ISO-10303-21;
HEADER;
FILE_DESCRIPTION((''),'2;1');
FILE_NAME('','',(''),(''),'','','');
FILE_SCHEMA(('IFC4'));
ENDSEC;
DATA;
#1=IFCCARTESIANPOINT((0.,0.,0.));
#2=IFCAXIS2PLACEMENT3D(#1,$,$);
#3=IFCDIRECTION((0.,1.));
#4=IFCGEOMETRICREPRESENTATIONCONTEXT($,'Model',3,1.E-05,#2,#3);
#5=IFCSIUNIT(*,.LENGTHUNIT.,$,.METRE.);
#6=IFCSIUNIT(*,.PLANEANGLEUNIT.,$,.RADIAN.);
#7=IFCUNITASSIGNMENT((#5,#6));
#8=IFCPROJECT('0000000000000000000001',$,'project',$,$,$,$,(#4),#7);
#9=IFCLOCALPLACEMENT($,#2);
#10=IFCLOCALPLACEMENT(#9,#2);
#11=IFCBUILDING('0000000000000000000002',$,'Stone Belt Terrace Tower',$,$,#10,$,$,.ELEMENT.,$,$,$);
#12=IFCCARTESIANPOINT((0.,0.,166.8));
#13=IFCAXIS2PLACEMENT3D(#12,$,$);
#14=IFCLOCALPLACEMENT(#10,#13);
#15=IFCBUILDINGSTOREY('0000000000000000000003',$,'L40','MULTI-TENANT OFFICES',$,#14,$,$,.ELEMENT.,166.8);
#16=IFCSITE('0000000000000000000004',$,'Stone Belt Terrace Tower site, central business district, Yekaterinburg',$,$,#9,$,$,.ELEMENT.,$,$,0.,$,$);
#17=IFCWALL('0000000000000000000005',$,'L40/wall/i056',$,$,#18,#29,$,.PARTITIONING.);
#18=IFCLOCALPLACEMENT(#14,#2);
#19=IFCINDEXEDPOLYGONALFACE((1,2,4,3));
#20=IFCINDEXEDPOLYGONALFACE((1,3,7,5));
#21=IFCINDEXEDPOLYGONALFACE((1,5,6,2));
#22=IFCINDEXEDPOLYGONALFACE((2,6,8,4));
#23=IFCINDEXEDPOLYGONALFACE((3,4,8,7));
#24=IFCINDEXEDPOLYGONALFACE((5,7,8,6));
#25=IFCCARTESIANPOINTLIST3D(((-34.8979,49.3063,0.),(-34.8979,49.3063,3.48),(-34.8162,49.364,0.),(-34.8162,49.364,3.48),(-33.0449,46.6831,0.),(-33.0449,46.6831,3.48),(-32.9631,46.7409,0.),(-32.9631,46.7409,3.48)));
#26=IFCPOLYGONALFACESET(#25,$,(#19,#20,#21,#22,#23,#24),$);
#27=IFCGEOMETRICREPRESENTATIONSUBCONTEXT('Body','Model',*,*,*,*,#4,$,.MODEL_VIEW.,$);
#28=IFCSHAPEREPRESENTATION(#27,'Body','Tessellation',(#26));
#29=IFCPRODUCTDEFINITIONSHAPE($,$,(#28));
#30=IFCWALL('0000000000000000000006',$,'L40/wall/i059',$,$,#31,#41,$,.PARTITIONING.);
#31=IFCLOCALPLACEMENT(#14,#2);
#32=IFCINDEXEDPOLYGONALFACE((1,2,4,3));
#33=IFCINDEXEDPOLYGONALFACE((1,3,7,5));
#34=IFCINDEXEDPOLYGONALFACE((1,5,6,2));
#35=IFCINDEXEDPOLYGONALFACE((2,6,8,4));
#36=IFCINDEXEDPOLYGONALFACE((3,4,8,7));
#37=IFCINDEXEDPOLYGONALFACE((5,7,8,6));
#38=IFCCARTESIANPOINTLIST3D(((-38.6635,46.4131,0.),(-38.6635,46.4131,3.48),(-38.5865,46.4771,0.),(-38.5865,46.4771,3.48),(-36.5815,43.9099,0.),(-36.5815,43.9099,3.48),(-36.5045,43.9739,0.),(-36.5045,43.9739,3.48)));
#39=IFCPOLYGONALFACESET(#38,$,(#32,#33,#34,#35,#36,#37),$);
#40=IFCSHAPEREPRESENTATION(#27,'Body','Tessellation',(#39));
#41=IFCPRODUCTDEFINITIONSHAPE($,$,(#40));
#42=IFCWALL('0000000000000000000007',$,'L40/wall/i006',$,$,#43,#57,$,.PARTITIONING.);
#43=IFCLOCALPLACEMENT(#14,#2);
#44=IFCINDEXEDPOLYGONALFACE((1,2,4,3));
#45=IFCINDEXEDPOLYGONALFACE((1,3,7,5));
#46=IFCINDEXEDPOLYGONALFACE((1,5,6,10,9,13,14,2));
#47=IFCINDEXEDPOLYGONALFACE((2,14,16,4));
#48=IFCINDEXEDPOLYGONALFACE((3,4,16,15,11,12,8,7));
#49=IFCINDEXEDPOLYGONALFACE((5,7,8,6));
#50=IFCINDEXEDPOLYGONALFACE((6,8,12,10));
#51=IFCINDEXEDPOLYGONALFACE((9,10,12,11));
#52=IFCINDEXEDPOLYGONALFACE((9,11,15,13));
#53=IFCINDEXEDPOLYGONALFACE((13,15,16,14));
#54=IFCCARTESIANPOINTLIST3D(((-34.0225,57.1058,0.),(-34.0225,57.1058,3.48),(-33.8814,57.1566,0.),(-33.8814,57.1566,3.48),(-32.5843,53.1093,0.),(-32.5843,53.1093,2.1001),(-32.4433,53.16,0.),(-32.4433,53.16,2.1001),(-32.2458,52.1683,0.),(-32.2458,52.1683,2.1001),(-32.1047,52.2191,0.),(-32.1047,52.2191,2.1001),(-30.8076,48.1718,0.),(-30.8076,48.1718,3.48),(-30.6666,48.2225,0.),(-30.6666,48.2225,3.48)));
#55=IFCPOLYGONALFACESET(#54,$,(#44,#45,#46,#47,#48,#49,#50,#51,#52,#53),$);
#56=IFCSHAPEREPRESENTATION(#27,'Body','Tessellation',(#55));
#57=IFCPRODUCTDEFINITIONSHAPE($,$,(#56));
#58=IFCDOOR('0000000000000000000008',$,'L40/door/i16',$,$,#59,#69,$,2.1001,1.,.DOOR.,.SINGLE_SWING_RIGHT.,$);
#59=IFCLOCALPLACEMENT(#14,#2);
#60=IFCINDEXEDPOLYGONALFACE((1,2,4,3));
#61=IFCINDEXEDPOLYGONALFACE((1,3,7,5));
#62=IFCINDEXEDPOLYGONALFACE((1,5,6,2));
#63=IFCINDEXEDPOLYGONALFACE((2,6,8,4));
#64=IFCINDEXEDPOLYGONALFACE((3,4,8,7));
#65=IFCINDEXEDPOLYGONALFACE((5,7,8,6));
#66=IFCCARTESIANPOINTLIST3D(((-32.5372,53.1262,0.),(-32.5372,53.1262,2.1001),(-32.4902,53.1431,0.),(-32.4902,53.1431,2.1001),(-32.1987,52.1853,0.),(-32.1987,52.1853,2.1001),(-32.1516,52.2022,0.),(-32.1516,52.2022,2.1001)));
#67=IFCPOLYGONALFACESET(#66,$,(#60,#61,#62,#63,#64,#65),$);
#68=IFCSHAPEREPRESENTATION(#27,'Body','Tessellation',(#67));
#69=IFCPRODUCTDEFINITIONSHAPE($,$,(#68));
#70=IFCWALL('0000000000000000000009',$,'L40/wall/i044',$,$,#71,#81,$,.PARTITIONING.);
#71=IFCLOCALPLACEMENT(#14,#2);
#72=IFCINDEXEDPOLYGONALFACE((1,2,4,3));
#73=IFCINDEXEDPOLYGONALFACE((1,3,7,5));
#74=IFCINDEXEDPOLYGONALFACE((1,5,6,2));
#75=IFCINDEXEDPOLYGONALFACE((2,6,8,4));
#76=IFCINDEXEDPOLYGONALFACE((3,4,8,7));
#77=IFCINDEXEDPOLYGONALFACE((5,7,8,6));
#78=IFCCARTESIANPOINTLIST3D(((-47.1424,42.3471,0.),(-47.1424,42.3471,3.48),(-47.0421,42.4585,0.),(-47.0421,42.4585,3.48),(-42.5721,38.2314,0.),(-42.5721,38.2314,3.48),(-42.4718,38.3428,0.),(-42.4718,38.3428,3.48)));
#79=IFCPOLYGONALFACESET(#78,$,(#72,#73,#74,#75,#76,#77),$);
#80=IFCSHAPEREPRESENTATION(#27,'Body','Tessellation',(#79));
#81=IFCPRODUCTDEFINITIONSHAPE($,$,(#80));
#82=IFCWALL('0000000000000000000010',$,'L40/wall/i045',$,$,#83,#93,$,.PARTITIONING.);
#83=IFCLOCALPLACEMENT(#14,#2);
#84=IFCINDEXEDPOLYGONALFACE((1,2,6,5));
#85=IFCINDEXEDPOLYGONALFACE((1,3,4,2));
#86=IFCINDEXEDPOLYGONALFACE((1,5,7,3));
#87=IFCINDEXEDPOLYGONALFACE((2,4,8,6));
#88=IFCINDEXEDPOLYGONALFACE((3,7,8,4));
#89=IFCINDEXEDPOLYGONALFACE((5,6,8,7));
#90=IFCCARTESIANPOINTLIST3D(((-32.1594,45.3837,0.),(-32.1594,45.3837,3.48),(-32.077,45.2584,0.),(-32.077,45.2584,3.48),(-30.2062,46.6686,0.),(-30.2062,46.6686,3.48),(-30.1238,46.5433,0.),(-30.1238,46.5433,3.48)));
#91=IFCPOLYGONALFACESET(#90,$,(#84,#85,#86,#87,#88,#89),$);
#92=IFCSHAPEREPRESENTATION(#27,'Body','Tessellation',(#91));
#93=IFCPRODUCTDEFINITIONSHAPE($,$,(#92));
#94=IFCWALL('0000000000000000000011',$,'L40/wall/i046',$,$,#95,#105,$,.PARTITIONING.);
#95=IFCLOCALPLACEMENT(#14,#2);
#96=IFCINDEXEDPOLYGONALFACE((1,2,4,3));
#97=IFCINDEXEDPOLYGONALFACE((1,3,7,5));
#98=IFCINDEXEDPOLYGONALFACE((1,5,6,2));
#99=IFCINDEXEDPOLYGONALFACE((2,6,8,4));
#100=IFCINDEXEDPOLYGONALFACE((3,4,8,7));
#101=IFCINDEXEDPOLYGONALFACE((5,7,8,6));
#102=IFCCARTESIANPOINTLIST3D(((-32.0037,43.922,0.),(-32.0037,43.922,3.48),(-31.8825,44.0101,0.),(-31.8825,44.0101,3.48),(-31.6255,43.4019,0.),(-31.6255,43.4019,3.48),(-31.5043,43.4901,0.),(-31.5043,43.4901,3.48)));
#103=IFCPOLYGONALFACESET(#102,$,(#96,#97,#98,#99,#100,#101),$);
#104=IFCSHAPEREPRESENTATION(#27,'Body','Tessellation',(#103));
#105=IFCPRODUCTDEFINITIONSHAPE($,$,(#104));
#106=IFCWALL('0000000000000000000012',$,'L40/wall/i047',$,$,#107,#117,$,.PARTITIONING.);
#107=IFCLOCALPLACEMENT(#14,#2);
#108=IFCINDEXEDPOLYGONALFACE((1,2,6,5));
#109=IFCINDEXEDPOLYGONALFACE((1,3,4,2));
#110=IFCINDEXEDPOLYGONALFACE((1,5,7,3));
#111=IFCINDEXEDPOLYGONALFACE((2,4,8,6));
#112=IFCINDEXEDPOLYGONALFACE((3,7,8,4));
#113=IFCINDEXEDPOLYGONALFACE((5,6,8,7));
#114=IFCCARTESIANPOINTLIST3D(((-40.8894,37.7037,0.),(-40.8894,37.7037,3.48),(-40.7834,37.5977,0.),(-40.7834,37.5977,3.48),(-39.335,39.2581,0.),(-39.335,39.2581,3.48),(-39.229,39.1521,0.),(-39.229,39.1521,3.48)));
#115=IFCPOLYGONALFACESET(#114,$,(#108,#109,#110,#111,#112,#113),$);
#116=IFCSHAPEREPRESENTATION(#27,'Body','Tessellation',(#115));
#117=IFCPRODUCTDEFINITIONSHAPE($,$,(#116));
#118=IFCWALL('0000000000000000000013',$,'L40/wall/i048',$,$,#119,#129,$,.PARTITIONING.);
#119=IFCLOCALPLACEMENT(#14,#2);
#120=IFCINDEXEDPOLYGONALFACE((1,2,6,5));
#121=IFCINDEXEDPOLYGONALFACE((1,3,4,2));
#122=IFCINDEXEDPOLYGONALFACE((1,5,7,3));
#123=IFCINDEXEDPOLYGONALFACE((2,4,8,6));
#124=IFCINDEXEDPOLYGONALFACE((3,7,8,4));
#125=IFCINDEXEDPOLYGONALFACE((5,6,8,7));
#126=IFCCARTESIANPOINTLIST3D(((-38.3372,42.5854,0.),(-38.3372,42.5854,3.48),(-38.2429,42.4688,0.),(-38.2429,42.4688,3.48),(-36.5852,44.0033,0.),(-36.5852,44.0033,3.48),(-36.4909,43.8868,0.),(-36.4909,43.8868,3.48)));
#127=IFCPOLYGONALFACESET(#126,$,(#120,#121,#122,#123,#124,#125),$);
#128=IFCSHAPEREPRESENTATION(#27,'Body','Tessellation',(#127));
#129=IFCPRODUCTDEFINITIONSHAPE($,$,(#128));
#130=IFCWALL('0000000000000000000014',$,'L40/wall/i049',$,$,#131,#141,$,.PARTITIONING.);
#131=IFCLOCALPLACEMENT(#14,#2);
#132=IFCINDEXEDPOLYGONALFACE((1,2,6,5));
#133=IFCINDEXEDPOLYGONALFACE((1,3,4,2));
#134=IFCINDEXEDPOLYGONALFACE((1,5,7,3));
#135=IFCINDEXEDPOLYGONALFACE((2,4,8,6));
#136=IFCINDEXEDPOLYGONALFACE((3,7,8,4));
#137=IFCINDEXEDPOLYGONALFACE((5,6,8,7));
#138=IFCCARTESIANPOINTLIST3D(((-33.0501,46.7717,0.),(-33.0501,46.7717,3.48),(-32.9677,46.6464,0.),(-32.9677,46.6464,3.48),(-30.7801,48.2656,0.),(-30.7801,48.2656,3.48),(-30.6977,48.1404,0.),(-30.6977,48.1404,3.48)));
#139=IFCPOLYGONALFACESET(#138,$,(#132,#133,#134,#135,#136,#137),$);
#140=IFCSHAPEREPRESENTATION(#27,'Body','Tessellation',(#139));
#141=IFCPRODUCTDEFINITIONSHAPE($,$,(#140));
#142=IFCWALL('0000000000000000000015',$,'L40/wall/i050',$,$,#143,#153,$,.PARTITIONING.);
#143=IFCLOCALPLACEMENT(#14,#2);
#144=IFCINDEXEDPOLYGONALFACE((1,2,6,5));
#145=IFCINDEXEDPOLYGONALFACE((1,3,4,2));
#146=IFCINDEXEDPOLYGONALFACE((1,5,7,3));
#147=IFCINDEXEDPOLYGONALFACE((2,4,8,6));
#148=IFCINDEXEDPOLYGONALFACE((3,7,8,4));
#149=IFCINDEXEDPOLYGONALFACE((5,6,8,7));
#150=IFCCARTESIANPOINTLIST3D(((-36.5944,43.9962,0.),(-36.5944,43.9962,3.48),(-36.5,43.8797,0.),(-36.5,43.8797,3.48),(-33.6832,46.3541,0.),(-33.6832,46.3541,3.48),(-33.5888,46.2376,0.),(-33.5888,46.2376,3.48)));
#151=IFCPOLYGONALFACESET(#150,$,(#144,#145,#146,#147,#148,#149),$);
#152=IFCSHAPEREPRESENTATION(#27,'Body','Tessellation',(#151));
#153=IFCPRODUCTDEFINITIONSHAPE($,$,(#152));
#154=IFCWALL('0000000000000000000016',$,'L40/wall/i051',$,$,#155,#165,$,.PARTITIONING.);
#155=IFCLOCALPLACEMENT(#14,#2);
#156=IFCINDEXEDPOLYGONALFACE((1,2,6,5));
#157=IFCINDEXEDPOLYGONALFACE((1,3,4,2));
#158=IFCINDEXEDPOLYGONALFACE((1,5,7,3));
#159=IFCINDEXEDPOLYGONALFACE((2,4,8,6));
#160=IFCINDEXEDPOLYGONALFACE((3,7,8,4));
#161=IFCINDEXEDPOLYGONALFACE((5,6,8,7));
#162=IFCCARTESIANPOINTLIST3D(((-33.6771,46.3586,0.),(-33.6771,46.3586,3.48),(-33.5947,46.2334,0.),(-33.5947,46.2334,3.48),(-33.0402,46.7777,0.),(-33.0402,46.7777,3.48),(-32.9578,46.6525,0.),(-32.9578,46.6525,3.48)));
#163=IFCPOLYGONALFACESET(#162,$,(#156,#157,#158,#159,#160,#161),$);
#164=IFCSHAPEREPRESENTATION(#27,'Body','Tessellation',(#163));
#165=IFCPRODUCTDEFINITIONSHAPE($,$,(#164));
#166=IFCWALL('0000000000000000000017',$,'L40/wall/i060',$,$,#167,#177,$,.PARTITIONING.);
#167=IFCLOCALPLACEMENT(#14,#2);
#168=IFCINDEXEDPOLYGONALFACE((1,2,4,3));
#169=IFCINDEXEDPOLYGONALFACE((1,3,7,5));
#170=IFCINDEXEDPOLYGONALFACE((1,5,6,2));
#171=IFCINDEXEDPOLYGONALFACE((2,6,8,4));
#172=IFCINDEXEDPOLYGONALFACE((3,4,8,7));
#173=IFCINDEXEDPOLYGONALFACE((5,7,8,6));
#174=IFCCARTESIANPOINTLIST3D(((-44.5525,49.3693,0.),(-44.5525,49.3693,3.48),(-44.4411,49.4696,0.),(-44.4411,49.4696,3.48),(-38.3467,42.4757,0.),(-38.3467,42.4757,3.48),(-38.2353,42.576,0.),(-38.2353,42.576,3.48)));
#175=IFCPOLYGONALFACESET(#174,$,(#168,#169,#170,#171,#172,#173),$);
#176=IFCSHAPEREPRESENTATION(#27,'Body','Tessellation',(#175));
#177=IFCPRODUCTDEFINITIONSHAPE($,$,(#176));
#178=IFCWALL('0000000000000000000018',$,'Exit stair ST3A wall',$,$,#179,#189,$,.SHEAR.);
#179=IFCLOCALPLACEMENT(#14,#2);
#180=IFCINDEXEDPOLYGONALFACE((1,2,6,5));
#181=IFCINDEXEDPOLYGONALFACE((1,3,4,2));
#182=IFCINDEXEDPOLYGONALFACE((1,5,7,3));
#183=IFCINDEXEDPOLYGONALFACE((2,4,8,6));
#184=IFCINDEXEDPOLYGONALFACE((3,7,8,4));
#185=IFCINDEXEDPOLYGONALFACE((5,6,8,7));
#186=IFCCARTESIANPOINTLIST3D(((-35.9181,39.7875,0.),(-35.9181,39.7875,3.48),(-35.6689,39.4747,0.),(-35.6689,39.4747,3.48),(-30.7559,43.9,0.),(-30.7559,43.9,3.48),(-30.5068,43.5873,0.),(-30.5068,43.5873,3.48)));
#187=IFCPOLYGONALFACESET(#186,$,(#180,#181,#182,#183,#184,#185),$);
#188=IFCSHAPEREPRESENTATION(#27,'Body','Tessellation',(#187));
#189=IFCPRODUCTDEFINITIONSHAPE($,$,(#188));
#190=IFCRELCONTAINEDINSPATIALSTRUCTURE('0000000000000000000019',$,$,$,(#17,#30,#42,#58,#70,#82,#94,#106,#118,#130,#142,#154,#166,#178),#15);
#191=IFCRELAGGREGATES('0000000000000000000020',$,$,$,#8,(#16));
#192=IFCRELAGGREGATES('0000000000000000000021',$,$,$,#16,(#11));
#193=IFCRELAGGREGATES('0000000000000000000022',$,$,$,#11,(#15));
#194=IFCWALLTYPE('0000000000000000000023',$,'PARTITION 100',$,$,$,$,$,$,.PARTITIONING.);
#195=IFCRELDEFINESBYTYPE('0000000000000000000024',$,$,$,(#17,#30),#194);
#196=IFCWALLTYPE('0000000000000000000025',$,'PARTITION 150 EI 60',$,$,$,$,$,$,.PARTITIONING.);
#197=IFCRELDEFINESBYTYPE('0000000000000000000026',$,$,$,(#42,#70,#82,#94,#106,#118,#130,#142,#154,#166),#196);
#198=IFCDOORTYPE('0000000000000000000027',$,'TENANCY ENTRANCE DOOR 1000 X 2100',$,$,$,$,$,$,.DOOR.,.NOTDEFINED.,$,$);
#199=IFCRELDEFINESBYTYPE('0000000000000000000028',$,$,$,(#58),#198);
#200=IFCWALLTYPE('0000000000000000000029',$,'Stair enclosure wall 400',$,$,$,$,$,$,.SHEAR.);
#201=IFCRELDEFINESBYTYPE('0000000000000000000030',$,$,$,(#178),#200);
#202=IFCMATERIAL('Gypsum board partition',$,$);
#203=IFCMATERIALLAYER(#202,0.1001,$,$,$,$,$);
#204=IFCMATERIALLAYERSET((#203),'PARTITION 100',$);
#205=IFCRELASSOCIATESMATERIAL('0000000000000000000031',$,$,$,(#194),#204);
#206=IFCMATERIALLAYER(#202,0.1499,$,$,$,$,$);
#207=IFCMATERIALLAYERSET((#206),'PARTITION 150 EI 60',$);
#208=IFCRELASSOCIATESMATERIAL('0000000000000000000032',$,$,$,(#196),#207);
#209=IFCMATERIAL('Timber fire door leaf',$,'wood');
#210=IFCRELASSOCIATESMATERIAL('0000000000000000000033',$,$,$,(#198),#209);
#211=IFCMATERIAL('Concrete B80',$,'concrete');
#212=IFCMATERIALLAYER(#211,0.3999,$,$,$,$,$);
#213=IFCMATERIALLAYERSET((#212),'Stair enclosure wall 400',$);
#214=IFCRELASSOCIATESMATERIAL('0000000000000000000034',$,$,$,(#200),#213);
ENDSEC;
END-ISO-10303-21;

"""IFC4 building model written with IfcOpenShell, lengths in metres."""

from ifc_helpers import new_model, si_unit, direction, frame, frame_2d, origin, place, context, subcontext, project, spatial, rectangle, extrude, material, layer, layer_set, type_object, element, fill, save


model = new_model("IFC4")

# Units and contexts
model_context = context("Model", 3, precision=1e-05, world=origin(), true_north=direction((0.0, 1.0)))
body_context = subcontext(model_context, "Body", "Model", "MODEL_VIEW")
ifc_project = project(units=[si_unit("LENGTHUNIT", "METRE"), si_unit("PLANEANGLEUNIT", "RADIAN")], contexts=[model_context])

# Site, building, storey
site_placement = place(None, origin())
site = spatial("IfcSite", under=ifc_project, at=site_placement, Name="Stone Belt Terrace Tower site, central business district, Yekaterinburg", CompositionType="ELEMENT", RefElevation=0.0)
building_placement = place(site_placement, origin())
building = spatial("IfcBuilding", under=site, at=building_placement, Name="Stone Belt Terrace Tower", CompositionType="ELEMENT")
storey_placement = place(building_placement, frame((0.0, 0.0, 166.8)))
storey = spatial("IfcBuildingStorey", under=building, at=storey_placement, Name="L40", Description="MULTI-TENANT OFFICES", CompositionType="ELEMENT", Elevation=166.8)

# Shared definitions
ifc_material_1 = material(Name="Concrete B80", Category="concrete")

# Walls
ifc_material_2 = material(Name="Gypsum board partition")
ifc_layer_1 = layer(ifc_material_2, 0.1001)
ifc_layer_set_1 = layer_set([ifc_layer_1], Name="PARTITION 100")
wall_type_1 = type_object("IfcWallType", Name="PARTITION 100", PredefinedType="PARTITIONING", material=ifc_layer_set_1)
wall_1_placement = place(storey_placement, frame((-33.0039, 46.7119, 0.0), z_axis=(0.0, 0.0, 1.0), x_axis=(-0.576988, 0.816753, 0.0)))
element("IfcWall", 1, at=wall_1_placement, inside=storey, type_object=wall_type_1, Name="L40/wall/i056", PredefinedType="PARTITIONING", context=body_context, shape_type="SweptSolid", body=[
    extrude(rectangle(XDim=3.2117, YDim=0.1001, at=frame_2d((1.606, 0.0))), origin(), (0.0, 0.0, 1.0), 3.48),
])
wall_2_placement = place(storey_placement, frame((-38.625, 46.4451, 0.0), z_axis=(0.0, 0.0, 1.0), x_axis=(0.639469, -0.768817, 0.0)))
element("IfcWall", 2, at=wall_2_placement, inside=storey, type_object=wall_type_1, Name="L40/wall/i059", PredefinedType="PARTITIONING", context=body_context, shape_type="SweptSolid", body=[
    extrude(rectangle(XDim=3.2559, YDim=0.1001, at=frame_2d((1.6279, 0.0))), origin(), (0.0, 0.0, 1.0), 3.48),
])

# Wall, opening, door
ifc_layer_2 = layer(ifc_material_2, 0.1499)
ifc_layer_set_2 = layer_set([ifc_layer_2], Name="PARTITION 150 EI 60")
wall_type_2 = type_object("IfcWallType", Name="PARTITION 150 EI 60", PredefinedType="PARTITIONING", material=ifc_layer_set_2)
wall_3_placement = place(storey_placement, frame((-30.7371, 48.197, 0.0), z_axis=(0.0, 0.0, 1.0), x_axis=(-0.338587, 0.940935, 0.0)))
wall_3 = element("IfcWall", 3, at=wall_3_placement, inside=storey, type_object=wall_type_2, Name="L40/wall/i006", PredefinedType="PARTITIONING", context=body_context, shape_type="SweptSolid", body=[
    extrude(rectangle(XDim=9.4949, YDim=0.1499, at=frame_2d((4.7476, 0.0))), origin(), (0.0, 0.0, 1.0), 3.48),
])
opening_placement = place(wall_3_placement, frame((4.2476, 0.0, 0.0)))
opening = element("IfcOpeningElement", 4, at=opening_placement, cuts=wall_3, PredefinedType="OPENING", context=body_context, shape_type="SweptSolid", body=[
    extrude(rectangle(XDim=1.0, YDim=2.1001, at=frame_2d((0.5, 1.05))), frame((0.0, 0.085, 0.0), z_axis=(0.0, -1.0, 0.0), x_axis=(1.0, 0.0, 0.0)), (0.0, 0.0, 1.0), 0.1699),
])
ifc_material_3 = material(Name="Timber fire door leaf", Category="wood")
door_type = type_object("IfcDoorType", Name="TENANCY ENTRANCE DOOR 1000 X 2100", OperationType="NOTDEFINED", PredefinedType="DOOR", material=ifc_material_3)
door_placement = place(opening_placement, origin())
door = element("IfcDoor", 5, at=door_placement, inside=storey, type_object=door_type, Name="L40/door/i16", OperationType="SINGLE_SWING_RIGHT", OverallHeight=2.1001, OverallWidth=1.0, PredefinedType="DOOR", context=body_context, shape_type="SweptSolid", body=[
    extrude(rectangle(XDim=1.0, YDim=2.1001, at=frame_2d((0.5, 1.05))), frame((0.0, 0.0249, 0.0), z_axis=(0.0, -1.0, 0.0), x_axis=(1.0, 0.0, 0.0)), (0.0, 0.0, 1.0), 0.05),
])
fill(opening, door)

# Walls
wall_4_placement = place(storey_placement, frame((-47.0923, 42.4028, 0.0), z_axis=(0.0, 0.0, 1.0), x_axis=(0.743097, -0.669184, 0.0)))
element("IfcWall", 6, at=wall_4_placement, inside=storey, type_object=wall_type_2, Name="L40/wall/i044", PredefinedType="PARTITIONING", context=body_context, shape_type="SweptSolid", body=[
    extrude(rectangle(XDim=6.1504, YDim=0.1499, at=frame_2d((3.0752, 0.0))), origin(), (0.0, 0.0, 1.0), 3.48),
])
wall_5_placement = place(storey_placement, frame((-30.165, 46.606, 0.0), z_axis=(0.0, 0.0, 1.0), x_axis=(-0.835425, -0.549605, 0.0)))
element("IfcWall", 7, at=wall_5_placement, inside=storey, type_object=wall_type_2, Name="L40/wall/i045", PredefinedType="PARTITIONING", context=body_context, shape_type="SweptSolid", body=[
    extrude(rectangle(XDim=2.3379, YDim=0.1499, at=frame_2d((1.1689, 0.0))), origin(), (0.0, 0.0, 1.0), 3.48),
])
wall_6_placement = place(storey_placement, frame((-31.9431, 43.9661, 0.0), z_axis=(0.0, 0.0, 1.0), x_axis=(0.588149, -0.808753, 0.0)))
element("IfcWall", 8, at=wall_6_placement, inside=storey, type_object=wall_type_2, Name="L40/wall/i046", PredefinedType="PARTITIONING", context=body_context, shape_type="SweptSolid", body=[
    extrude(rectangle(XDim=0.6431, YDim=0.1499, at=frame_2d((0.3215, 0.0))), origin(), (0.0, 0.0, 1.0), 3.48),
])
wall_7_placement = place(storey_placement, frame((-39.282, 39.2051, 0.0), z_axis=(0.0, 0.0, 1.0), x_axis=(-0.707107, -0.707107, 0.0)))
element("IfcWall", 9, at=wall_7_placement, inside=storey, type_object=wall_type_2, Name="L40/wall/i047", PredefinedType="PARTITIONING", context=body_context, shape_type="SweptSolid", body=[
    extrude(rectangle(XDim=2.1982, YDim=0.1499, at=frame_2d((1.0991, 0.0))), origin(), (0.0, 0.0, 1.0), 3.48),
])
wall_8_placement = place(storey_placement, frame((-38.29, 42.5271, 0.0), z_axis=(0.0, 0.0, 1.0), x_axis=(0.777305, 0.629123, 0.0)))
element("IfcWall", 10, at=wall_8_placement, inside=storey, type_object=wall_type_2, Name="L40/wall/i048", PredefinedType="PARTITIONING", context=body_context, shape_type="SweptSolid", body=[
    extrude(rectangle(XDim=2.2539, YDim=0.1499, at=frame_2d((1.127, 0.0))), origin(), (0.0, 0.0, 1.0), 3.48),
])
wall_9_placement = place(storey_placement, frame((-33.009, 46.709, 0.0), z_axis=(0.0, 0.0, 1.0), x_axis=(0.835339, 0.549735, 0.0)))
element("IfcWall", 11, at=wall_9_placement, inside=storey, type_object=wall_type_2, Name="L40/wall/i049", PredefinedType="PARTITIONING", context=body_context, shape_type="SweptSolid", body=[
    extrude(rectangle(XDim=2.7175, YDim=0.1499, at=frame_2d((1.3589, 0.0))), origin(), (0.0, 0.0, 1.0), 3.48),
])
wall_10_placement = place(storey_placement, frame((-36.5471, 43.938, 0.0), z_axis=(0.0, 0.0, 1.0), x_axis=(0.777078, 0.629404, 0.0)))
element("IfcWall", 12, at=wall_10_placement, inside=storey, type_object=wall_type_2, Name="L40/wall/i050", PredefinedType="PARTITIONING", context=body_context, shape_type="SweptSolid", body=[
    extrude(rectangle(XDim=3.7463, YDim=0.1499, at=frame_2d((1.873, 0.0))), origin(), (0.0, 0.0, 1.0), 3.48),
])
wall_11_placement = place(storey_placement, frame((-33.636, 46.2959, 0.0), z_axis=(0.0, 0.0, 1.0), x_axis=(0.835336, 0.54974, 0.0)))
element("IfcWall", 13, at=wall_11_placement, inside=storey, type_object=wall_type_2, Name="L40/wall/i051", PredefinedType="PARTITIONING", context=body_context, shape_type="SweptSolid", body=[
    extrude(rectangle(XDim=0.7625, YDim=0.1499, at=frame_2d((0.3813, 0.0))), origin(), (0.0, 0.0, 1.0), 3.48),
])
wall_12_placement = place(storey_placement, frame((-38.291, 42.5259, 0.0), z_axis=(0.0, 0.0, 1.0), x_axis=(-0.669061, 0.743208, 0.0)))
element("IfcWall", 14, at=wall_12_placement, inside=storey, type_object=wall_type_2, Name="L40/wall/i060", PredefinedType="PARTITIONING", context=body_context, shape_type="SweptSolid", body=[
    extrude(rectangle(XDim=9.2754, YDim=0.1499, at=frame_2d((4.6377, 0.0))), origin(), (0.0, 0.0, 1.0), 3.48),
])
ifc_layer_3 = layer(ifc_material_1, 0.3999)
ifc_layer_set_3 = layer_set([ifc_layer_3], Name="Stair enclosure wall 400")
wall_type_3 = type_object("IfcWallType", Name="Stair enclosure wall 400", PredefinedType="SHEAR", material=ifc_layer_set_3)
wall_13_placement = place(storey_placement, frame((-30.6313, 43.7437, 0.0), z_axis=(0.0, 0.0, 1.0), x_axis=(-0.782134, -0.62311, 0.0)))
element("IfcWall", 15, at=wall_13_placement, inside=storey, type_object=wall_type_3, Name="Exit stair ST3A wall", PredefinedType="SHEAR", context=body_context, shape_type="SweptSolid", body=[
    extrude(rectangle(XDim=6.6001, YDim=0.3999, at=frame_2d((3.3, 0.0))), origin(), (0.0, 0.0, 1.0), 3.48),
])

save(model, "model.ifc")
